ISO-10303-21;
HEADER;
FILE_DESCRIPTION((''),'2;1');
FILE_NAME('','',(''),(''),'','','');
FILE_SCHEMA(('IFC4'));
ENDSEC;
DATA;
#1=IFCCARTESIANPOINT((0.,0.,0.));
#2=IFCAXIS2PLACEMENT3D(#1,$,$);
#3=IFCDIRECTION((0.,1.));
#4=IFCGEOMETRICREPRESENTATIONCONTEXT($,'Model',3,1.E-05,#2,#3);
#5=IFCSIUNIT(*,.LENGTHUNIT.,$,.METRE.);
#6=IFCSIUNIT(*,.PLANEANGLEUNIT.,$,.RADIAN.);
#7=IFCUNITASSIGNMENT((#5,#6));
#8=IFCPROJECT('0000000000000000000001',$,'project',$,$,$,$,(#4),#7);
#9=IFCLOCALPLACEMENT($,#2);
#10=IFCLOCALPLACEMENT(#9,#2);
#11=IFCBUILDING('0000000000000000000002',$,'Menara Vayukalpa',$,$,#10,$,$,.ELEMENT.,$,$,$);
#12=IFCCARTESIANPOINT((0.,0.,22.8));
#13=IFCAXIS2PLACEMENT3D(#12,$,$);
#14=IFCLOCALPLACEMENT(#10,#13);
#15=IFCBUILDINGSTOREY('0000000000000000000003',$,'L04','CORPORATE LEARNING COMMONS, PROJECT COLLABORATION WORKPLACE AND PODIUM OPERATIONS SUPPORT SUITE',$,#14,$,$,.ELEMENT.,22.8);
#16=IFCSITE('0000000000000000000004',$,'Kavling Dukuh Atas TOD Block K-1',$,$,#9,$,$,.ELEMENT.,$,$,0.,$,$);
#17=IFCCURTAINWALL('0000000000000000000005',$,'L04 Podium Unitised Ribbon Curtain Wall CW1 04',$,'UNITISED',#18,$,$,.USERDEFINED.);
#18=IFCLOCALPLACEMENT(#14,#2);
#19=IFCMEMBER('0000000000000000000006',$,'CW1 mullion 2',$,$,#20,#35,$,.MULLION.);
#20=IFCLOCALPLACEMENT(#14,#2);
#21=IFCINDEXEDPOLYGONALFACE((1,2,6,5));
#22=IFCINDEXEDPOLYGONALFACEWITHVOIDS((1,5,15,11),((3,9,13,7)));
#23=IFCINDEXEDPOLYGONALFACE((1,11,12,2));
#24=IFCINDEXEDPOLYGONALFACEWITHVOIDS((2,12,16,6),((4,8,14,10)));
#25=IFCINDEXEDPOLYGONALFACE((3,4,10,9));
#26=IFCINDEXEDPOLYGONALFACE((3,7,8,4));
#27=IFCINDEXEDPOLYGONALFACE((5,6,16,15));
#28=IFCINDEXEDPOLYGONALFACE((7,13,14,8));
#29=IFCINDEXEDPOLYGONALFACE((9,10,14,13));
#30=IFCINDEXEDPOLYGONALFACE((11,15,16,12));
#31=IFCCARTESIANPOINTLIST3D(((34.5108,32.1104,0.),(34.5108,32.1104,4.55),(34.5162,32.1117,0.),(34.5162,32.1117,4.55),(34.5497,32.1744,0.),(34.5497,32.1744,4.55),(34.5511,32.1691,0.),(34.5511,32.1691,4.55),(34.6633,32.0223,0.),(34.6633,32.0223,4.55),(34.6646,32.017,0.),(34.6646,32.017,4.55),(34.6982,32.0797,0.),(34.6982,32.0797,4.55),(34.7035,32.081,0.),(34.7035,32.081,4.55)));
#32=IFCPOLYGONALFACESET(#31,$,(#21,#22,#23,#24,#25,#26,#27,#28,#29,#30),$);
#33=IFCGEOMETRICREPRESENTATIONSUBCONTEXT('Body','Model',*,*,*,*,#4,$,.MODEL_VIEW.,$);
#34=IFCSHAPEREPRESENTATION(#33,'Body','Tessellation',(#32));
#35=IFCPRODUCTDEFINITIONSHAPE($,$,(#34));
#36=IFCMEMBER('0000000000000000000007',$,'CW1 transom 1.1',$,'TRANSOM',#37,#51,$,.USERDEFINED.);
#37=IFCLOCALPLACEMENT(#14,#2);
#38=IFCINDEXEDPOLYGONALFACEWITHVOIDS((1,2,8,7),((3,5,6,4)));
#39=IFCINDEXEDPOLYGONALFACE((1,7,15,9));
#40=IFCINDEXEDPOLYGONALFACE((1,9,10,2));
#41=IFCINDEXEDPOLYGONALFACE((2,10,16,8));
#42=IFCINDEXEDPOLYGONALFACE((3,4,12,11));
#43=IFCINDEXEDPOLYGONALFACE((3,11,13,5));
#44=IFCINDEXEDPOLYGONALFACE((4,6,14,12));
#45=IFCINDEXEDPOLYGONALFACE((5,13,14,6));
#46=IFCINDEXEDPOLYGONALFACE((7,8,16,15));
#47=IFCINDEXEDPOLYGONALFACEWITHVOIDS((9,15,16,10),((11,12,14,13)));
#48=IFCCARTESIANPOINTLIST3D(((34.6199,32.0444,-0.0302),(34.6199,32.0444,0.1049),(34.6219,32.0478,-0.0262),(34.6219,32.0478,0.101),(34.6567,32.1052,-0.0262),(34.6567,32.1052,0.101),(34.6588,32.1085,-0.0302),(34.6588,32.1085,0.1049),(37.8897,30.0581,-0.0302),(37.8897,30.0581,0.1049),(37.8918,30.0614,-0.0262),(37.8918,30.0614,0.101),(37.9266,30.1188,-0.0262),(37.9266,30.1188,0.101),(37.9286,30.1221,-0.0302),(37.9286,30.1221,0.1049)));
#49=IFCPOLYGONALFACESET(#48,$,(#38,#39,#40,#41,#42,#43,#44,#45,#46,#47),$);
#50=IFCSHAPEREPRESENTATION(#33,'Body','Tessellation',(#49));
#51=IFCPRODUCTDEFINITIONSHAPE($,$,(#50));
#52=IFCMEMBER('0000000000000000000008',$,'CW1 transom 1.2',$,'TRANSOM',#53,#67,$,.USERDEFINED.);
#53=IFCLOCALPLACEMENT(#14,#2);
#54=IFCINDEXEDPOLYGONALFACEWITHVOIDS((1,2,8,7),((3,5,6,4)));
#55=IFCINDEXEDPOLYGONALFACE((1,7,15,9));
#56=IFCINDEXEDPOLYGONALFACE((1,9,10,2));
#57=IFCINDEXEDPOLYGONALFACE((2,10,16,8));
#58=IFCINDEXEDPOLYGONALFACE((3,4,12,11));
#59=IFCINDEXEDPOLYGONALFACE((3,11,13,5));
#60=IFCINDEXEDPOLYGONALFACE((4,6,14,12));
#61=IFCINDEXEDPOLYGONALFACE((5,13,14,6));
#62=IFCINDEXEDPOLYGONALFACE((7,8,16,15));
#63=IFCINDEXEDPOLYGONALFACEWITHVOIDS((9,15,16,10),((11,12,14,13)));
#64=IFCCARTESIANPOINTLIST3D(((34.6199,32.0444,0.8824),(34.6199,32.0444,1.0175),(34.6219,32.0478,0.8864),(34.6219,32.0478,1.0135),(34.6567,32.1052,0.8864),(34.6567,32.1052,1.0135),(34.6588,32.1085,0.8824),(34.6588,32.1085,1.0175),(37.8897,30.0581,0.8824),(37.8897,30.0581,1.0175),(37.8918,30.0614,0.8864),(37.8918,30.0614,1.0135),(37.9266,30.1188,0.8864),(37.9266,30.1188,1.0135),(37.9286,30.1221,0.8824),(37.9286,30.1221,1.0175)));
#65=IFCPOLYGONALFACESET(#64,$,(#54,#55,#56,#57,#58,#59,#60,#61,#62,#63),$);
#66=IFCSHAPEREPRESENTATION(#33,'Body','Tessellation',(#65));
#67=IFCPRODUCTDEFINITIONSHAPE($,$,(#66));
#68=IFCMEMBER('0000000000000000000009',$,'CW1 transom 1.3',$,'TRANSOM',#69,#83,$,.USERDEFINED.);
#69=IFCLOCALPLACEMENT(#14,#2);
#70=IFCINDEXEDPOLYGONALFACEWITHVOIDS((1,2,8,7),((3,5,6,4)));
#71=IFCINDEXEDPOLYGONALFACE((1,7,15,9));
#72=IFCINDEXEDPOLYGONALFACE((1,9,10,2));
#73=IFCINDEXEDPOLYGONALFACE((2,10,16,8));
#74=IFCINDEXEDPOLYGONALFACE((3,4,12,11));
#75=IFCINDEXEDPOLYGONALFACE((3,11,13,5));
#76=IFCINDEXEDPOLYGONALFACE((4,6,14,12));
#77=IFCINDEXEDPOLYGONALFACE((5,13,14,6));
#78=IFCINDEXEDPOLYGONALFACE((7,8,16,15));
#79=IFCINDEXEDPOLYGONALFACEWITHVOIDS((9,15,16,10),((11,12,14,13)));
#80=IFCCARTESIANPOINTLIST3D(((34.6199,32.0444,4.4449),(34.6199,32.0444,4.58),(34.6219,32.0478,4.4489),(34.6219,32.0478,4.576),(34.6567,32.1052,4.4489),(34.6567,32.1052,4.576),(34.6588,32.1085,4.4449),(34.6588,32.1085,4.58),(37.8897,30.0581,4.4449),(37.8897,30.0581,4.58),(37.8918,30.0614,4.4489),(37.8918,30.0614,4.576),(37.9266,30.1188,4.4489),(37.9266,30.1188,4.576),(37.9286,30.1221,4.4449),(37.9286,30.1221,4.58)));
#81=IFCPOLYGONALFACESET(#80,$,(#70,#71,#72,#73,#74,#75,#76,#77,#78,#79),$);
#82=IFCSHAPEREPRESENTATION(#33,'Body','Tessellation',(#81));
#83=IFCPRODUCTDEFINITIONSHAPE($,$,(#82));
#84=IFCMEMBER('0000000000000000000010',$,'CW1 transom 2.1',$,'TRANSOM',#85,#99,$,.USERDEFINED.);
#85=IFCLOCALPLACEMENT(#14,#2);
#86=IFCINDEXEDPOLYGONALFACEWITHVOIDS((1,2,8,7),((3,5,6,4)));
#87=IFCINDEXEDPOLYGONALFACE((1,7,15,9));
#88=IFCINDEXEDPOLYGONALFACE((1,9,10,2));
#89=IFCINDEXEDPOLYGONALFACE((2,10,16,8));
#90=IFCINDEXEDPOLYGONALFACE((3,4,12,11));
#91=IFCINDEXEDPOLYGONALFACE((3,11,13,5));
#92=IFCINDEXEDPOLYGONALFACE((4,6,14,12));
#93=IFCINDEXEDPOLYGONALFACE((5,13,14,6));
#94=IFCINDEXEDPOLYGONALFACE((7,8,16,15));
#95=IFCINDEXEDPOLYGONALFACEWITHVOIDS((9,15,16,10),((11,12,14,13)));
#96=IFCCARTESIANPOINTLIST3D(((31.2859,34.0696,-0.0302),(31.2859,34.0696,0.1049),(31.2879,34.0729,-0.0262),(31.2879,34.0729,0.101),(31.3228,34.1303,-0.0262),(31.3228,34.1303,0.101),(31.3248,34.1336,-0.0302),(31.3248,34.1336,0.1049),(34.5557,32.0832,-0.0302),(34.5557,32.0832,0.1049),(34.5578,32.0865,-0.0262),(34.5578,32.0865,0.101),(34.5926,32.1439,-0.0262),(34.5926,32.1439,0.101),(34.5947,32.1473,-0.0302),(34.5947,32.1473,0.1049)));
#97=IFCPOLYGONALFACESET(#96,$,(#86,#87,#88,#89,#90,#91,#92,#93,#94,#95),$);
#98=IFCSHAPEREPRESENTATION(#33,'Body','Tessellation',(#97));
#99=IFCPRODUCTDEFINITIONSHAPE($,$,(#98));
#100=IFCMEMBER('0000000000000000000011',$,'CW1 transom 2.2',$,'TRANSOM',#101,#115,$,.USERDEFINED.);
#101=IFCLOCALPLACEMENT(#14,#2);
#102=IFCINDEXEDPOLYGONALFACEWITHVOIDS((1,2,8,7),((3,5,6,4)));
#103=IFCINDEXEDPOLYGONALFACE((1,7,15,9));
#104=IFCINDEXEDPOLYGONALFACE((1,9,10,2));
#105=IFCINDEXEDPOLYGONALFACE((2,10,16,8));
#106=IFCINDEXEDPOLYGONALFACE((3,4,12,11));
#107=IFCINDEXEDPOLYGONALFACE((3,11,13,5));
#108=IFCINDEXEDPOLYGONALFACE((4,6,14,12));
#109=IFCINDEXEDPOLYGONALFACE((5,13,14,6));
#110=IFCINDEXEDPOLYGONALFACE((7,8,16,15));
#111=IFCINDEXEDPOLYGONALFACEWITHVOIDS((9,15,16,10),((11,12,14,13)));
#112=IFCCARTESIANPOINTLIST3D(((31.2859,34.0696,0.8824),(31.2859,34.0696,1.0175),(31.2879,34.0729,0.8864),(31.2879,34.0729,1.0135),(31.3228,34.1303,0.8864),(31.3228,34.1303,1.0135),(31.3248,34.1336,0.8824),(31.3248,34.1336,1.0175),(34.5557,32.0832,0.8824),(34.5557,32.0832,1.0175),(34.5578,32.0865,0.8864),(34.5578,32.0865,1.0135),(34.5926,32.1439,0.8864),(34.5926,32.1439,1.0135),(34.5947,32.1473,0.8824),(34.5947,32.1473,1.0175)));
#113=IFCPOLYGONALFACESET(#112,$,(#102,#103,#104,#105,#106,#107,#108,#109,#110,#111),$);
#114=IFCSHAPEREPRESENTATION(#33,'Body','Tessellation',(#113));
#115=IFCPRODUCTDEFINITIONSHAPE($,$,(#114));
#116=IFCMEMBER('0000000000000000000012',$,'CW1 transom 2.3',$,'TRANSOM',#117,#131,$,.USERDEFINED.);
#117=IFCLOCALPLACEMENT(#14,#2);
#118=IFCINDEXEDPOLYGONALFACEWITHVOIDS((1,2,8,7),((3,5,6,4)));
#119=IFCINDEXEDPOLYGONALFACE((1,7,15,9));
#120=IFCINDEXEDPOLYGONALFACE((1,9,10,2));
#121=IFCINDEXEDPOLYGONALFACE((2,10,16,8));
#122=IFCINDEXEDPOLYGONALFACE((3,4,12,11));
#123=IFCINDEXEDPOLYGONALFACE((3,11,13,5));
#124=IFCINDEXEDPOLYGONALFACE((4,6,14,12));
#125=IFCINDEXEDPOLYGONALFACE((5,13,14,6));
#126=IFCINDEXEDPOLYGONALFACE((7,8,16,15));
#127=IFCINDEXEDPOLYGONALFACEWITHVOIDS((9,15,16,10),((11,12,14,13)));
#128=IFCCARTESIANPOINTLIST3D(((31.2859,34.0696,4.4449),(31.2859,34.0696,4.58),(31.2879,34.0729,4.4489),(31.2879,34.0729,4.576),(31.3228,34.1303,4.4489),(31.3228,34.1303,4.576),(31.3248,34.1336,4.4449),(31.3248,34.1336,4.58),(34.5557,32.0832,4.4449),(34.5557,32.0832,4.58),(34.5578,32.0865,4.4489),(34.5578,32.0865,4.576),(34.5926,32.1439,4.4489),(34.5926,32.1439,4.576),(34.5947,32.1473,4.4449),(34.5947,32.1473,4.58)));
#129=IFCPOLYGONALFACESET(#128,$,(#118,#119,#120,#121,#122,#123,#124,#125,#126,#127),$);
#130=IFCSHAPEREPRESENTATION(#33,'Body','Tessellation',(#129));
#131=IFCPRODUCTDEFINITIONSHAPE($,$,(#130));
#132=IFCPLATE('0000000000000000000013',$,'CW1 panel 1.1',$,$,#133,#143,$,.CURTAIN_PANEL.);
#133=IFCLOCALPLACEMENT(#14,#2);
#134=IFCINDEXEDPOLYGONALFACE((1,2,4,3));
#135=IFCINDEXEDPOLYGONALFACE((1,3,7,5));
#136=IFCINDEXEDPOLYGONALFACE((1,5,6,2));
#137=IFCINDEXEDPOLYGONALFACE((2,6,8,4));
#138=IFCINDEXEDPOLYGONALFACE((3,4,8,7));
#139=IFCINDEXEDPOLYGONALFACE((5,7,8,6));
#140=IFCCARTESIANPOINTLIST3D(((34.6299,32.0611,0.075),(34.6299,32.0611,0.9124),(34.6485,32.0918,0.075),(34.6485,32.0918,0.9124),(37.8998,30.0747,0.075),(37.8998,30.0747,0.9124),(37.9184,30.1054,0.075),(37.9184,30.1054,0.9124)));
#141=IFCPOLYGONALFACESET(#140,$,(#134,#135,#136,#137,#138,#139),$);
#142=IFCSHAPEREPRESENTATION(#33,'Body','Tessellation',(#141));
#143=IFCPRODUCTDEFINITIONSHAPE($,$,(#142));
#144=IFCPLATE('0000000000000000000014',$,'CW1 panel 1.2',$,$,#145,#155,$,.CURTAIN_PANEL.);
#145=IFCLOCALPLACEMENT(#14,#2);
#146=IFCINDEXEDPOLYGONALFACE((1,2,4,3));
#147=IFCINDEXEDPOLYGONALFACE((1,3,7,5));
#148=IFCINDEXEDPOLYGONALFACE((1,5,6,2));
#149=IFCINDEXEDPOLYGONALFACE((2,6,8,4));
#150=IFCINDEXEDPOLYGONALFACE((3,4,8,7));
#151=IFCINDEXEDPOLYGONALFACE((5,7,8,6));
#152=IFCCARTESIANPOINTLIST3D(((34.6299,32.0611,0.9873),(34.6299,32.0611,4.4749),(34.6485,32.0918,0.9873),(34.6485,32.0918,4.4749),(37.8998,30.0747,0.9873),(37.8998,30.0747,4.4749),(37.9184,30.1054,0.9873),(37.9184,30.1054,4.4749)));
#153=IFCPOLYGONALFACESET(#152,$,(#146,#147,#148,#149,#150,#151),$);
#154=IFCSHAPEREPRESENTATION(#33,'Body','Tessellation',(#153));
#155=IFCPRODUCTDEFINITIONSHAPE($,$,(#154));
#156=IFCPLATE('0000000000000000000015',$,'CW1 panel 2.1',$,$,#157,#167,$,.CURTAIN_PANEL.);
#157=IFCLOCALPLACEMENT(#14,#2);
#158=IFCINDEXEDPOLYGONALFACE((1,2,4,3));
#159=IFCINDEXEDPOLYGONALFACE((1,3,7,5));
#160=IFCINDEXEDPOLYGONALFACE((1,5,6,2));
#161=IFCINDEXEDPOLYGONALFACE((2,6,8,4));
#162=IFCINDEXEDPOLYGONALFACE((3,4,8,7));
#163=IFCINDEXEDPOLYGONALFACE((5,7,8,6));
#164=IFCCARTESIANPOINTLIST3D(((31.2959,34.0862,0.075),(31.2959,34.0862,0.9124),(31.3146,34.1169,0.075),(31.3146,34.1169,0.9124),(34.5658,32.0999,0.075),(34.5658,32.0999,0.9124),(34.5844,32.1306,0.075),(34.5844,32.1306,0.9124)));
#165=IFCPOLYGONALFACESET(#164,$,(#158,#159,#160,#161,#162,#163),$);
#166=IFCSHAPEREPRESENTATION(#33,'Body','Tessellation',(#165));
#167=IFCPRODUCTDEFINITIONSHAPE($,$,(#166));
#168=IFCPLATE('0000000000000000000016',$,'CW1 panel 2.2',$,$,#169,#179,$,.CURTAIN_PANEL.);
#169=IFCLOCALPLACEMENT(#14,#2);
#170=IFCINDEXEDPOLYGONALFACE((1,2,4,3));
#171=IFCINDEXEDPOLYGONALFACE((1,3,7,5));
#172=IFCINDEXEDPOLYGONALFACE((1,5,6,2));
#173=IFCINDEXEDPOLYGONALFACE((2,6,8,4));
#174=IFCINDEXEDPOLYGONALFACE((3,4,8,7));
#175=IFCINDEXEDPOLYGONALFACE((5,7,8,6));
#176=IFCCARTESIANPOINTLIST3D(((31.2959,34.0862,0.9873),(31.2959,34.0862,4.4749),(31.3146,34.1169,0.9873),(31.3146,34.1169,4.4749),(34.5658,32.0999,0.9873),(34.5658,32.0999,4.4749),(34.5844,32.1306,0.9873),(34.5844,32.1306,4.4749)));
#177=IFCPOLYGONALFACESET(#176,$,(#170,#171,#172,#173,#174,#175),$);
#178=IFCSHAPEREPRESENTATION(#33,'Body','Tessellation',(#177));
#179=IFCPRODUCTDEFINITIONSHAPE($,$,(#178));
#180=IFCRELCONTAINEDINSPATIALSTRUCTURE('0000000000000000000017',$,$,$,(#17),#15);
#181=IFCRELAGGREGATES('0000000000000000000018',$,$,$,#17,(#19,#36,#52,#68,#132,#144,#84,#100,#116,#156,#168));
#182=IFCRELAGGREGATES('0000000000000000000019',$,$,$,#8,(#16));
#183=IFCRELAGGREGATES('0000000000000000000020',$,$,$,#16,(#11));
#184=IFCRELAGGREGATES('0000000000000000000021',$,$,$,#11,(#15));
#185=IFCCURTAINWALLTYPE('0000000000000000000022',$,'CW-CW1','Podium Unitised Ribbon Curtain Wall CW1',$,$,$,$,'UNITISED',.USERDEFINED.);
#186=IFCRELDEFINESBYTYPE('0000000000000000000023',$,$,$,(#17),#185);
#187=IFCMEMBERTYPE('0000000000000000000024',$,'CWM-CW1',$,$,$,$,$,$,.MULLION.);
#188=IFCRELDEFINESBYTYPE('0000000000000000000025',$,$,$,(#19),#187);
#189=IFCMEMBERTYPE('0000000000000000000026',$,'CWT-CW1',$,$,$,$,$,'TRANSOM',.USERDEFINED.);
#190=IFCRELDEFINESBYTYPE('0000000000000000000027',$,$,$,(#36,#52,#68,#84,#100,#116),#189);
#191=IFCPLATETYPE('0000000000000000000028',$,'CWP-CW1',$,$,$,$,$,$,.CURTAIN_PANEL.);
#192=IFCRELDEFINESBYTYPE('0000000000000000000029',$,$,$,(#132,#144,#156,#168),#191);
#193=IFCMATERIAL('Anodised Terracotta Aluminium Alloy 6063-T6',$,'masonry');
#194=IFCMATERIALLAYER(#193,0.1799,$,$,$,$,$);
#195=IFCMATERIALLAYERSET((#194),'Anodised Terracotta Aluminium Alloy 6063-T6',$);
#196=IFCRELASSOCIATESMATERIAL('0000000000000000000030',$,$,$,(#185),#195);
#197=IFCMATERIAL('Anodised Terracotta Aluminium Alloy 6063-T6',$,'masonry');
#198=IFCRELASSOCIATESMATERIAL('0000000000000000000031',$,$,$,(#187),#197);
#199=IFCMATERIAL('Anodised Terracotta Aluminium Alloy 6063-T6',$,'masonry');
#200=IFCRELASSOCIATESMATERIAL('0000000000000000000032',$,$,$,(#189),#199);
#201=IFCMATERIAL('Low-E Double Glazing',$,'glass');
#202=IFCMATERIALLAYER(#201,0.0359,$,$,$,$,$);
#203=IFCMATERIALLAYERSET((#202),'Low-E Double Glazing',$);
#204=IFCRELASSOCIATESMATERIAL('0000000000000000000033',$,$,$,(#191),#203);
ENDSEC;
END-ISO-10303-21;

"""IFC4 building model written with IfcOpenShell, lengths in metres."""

from ifc_helpers import new_model, si_unit, direction, frame, origin, origin_2d, place, context, subcontext, project, spatial, rectangle, hollow_rectangle, extrude, material, layer, layer_set, material_profile, profile_set, type_object, element, aggregate, save


model = new_model("IFC4")

# Units and contexts
model_context = context("Model", 3, precision=1e-05, world=origin(), true_north=direction((0.0, 1.0)))
body_context = subcontext(model_context, "Body", "Model", "MODEL_VIEW")
ifc_project = project(units=[si_unit("LENGTHUNIT", "METRE"), si_unit("PLANEANGLEUNIT", "RADIAN")], contexts=[model_context])

# Site, building, storey
site_placement = place(None, origin())
site = spatial("IfcSite", under=ifc_project, at=site_placement, Name="Kavling Dukuh Atas TOD Block K-1", CompositionType="ELEMENT", RefElevation=0.0)
building_placement = place(site_placement, origin())
building = spatial("IfcBuilding", under=site, at=building_placement, Name="Menara Vayukalpa", CompositionType="ELEMENT")
storey_placement = place(building_placement, frame((0.0, 0.0, 22.8)))
storey = spatial("IfcBuildingStorey", under=building, at=storey_placement, Name="L04", Description="CORPORATE LEARNING COMMONS, PROJECT COLLABORATION WORKPLACE AND PODIUM OPERATIONS SUPPORT SUITE", CompositionType="ELEMENT", Elevation=22.8)

# Curtain wall, members, plates
ifc_material_1 = material(Name="Anodised Terracotta Aluminium Alloy 6063-T6", Category="masonry")
ifc_layer_1 = layer(ifc_material_1, 0.1799)
ifc_layer_set_1 = layer_set([ifc_layer_1], Name="Anodised Terracotta Aluminium Alloy 6063-T6")
curtain_wall_type = type_object("IfcCurtainWallType", Name="CW-CW1", Description="Podium Unitised Ribbon Curtain Wall CW1", ElementType="UNITISED", PredefinedType="USERDEFINED", material=ifc_layer_set_1)
curtain_wall_placement = place(storey_placement, origin())
curtain_wall = element("IfcCurtainWall", 1, at=curtain_wall_placement, inside=storey, type_object=curtain_wall_type, Name="L04 Podium Unitised Ribbon Curtain Wall CW1 04", ObjectType="UNITISED", PredefinedType="USERDEFINED")
ifc_material_2 = material(Name="Anodised Terracotta Aluminium Alloy 6063-T6", Category="masonry")
ifc_material_profile_1 = material_profile(ifc_material_2, hollow_rectangle(XDim=0.075, YDim=0.1799, WallThickness=0.0039, at=origin_2d()), Name="ALU 75x180x4")
ifc_profile_set_1 = profile_set([ifc_material_profile_1], Name="Anodised Terracotta Aluminium Alloy 6063-T6")
member_type_1 = type_object("IfcMemberType", Name="CWM-CW1", PredefinedType="MULLION", material=ifc_profile_set_1)
member_1_placement = place(storey_placement, frame((34.6072, 32.0957, 0.0), z_axis=(0.0, 0.0, 1.0), x_axis=(-0.51918, -0.854665, 0.0)))
member_1 = element("IfcMember", 2, at=member_1_placement, type_object=member_type_1, Name="CW1 mullion 2", PredefinedType="MULLION", context=body_context, shape_type="SweptSolid", body=[
    extrude(hollow_rectangle(XDim=0.075, YDim=0.1799, WallThickness=0.0039, at=origin_2d()), origin(), (0.0, 0.0, 1.0), 4.55),
])
ifc_material_3 = material(Name="Anodised Terracotta Aluminium Alloy 6063-T6", Category="masonry")
ifc_material_profile_2 = material_profile(ifc_material_3, hollow_rectangle(XDim=0.075, YDim=0.135, WallThickness=0.0039, at=origin_2d()), Name="ALU 75x135x4")
ifc_profile_set_2 = profile_set([ifc_material_profile_2], Name="Anodised Terracotta Aluminium Alloy 6063-T6")
member_type_2 = type_object("IfcMemberType", Name="CWT-CW1", ElementType="TRANSOM", PredefinedType="USERDEFINED", material=ifc_profile_set_2)
member_2_placement = place(storey_placement, frame((37.9092, 30.0901, 0.0374), z_axis=(-0.854659, 0.51919, 0.0), x_axis=(-0.51919, -0.854659, 0.0)))
member_2 = element("IfcMember", 3, at=member_2_placement, type_object=member_type_2, Name="CW1 transom 1.1", ObjectType="TRANSOM", PredefinedType="USERDEFINED", context=body_context, shape_type="SweptSolid", body=[
    extrude(hollow_rectangle(XDim=0.075, YDim=0.135, WallThickness=0.0039, at=origin_2d()), origin(), (0.0, 0.0, 1.0), 3.8259),
])
member_3_placement = place(storey_placement, frame((37.9092, 30.0901, 0.95), z_axis=(-0.854659, 0.51919, 0.0), x_axis=(-0.51919, -0.854659, 0.0)))
member_3 = element("IfcMember", 4, at=member_3_placement, type_object=member_type_2, Name="CW1 transom 1.2", ObjectType="TRANSOM", PredefinedType="USERDEFINED", context=body_context, shape_type="SweptSolid", body=[
    extrude(hollow_rectangle(XDim=0.075, YDim=0.135, WallThickness=0.0039, at=origin_2d()), origin(), (0.0, 0.0, 1.0), 3.8259),
])
member_4_placement = place(storey_placement, frame((37.9092, 30.0901, 4.5125), z_axis=(-0.854659, 0.51919, 0.0), x_axis=(-0.51919, -0.854659, 0.0)))
member_4 = element("IfcMember", 5, at=member_4_placement, type_object=member_type_2, Name="CW1 transom 1.3", ObjectType="TRANSOM", PredefinedType="USERDEFINED", context=body_context, shape_type="SweptSolid", body=[
    extrude(hollow_rectangle(XDim=0.075, YDim=0.135, WallThickness=0.0039, at=origin_2d()), origin(), (0.0, 0.0, 1.0), 3.8259),
])
member_5_placement = place(storey_placement, frame((34.5752, 32.1152, 0.0374), z_axis=(-0.854659, 0.51919, 0.0), x_axis=(-0.51919, -0.854659, 0.0)))
member_5 = element("IfcMember", 6, at=member_5_placement, type_object=member_type_2, Name="CW1 transom 2.1", ObjectType="TRANSOM", PredefinedType="USERDEFINED", context=body_context, shape_type="SweptSolid", body=[
    extrude(hollow_rectangle(XDim=0.075, YDim=0.135, WallThickness=0.0039, at=origin_2d()), origin(), (0.0, 0.0, 1.0), 3.8259),
])
member_6_placement = place(storey_placement, frame((34.5752, 32.1152, 0.95), z_axis=(-0.854659, 0.51919, 0.0), x_axis=(-0.51919, -0.854659, 0.0)))
member_6 = element("IfcMember", 7, at=member_6_placement, type_object=member_type_2, Name="CW1 transom 2.2", ObjectType="TRANSOM", PredefinedType="USERDEFINED", context=body_context, shape_type="SweptSolid", body=[
    extrude(hollow_rectangle(XDim=0.075, YDim=0.135, WallThickness=0.0039, at=origin_2d()), origin(), (0.0, 0.0, 1.0), 3.8259),
])
member_7_placement = place(storey_placement, frame((34.5752, 32.1152, 4.5125), z_axis=(-0.854659, 0.51919, 0.0), x_axis=(-0.51919, -0.854659, 0.0)))
member_7 = element("IfcMember", 8, at=member_7_placement, type_object=member_type_2, Name="CW1 transom 2.3", ObjectType="TRANSOM", PredefinedType="USERDEFINED", context=body_context, shape_type="SweptSolid", body=[
    extrude(hollow_rectangle(XDim=0.075, YDim=0.135, WallThickness=0.0039, at=origin_2d()), origin(), (0.0, 0.0, 1.0), 3.8259),
])
ifc_material_4 = material(Name="Low-E Double Glazing", Category="glass")
ifc_layer_2 = layer(ifc_material_4, 0.0359)
ifc_layer_set_2 = layer_set([ifc_layer_2], Name="Low-E Double Glazing")
plate_type_1 = type_object("IfcPlateType", Name="CWP-CW1", PredefinedType="CURTAIN_PANEL", material=ifc_layer_set_2)
plate_1_placement = place(storey_placement, frame((36.2742, 31.0833, 0.075), z_axis=(0.0, 0.0, 1.0), x_axis=(-0.854665, 0.51918, 0.0)))
plate_1 = element("IfcPlate", 9, at=plate_1_placement, type_object=plate_type_1, Name="CW1 panel 1.1", PredefinedType="CURTAIN_PANEL", context=body_context, shape_type="SweptSolid", body=[
    extrude(rectangle(XDim=3.8259, YDim=0.0359, at=origin_2d()), origin(), (0.0, 0.0, 1.0), 0.8374),
])
plate_2_placement = place(storey_placement, frame((36.2742, 31.0833, 0.9873), z_axis=(0.0, 0.0, 1.0), x_axis=(-0.854665, 0.51918, 0.0)))
plate_2 = element("IfcPlate", 10, at=plate_2_placement, type_object=plate_type_1, Name="CW1 panel 1.2", PredefinedType="CURTAIN_PANEL", context=body_context, shape_type="SweptSolid", body=[
    extrude(rectangle(XDim=3.8259, YDim=0.0359, at=origin_2d()), origin(), (0.0, 0.0, 1.0), 3.4875),
])
plate_3_placement = place(storey_placement, frame((32.9402, 33.1084, 0.075), z_axis=(0.0, 0.0, 1.0), x_axis=(-0.854665, 0.51918, 0.0)))
plate_3 = element("IfcPlate", 11, at=plate_3_placement, type_object=plate_type_1, Name="CW1 panel 2.1", PredefinedType="CURTAIN_PANEL", context=body_context, shape_type="SweptSolid", body=[
    extrude(rectangle(XDim=3.8259, YDim=0.0359, at=origin_2d()), origin(), (0.0, 0.0, 1.0), 0.8374),
])
plate_4_placement = place(storey_placement, frame((32.9402, 33.1084, 0.9873), z_axis=(0.0, 0.0, 1.0), x_axis=(-0.854665, 0.51918, 0.0)))
plate_4 = element("IfcPlate", 12, at=plate_4_placement, type_object=plate_type_1, Name="CW1 panel 2.2", PredefinedType="CURTAIN_PANEL", context=body_context, shape_type="SweptSolid", body=[
    extrude(rectangle(XDim=3.8259, YDim=0.0359, at=origin_2d()), origin(), (0.0, 0.0, 1.0), 3.4875),
])
aggregate(curtain_wall, [member_1, member_2, member_3, member_4, plate_1, plate_2, member_5, member_6, member_7, plate_3, plate_4])

save(model, "model.ifc")
